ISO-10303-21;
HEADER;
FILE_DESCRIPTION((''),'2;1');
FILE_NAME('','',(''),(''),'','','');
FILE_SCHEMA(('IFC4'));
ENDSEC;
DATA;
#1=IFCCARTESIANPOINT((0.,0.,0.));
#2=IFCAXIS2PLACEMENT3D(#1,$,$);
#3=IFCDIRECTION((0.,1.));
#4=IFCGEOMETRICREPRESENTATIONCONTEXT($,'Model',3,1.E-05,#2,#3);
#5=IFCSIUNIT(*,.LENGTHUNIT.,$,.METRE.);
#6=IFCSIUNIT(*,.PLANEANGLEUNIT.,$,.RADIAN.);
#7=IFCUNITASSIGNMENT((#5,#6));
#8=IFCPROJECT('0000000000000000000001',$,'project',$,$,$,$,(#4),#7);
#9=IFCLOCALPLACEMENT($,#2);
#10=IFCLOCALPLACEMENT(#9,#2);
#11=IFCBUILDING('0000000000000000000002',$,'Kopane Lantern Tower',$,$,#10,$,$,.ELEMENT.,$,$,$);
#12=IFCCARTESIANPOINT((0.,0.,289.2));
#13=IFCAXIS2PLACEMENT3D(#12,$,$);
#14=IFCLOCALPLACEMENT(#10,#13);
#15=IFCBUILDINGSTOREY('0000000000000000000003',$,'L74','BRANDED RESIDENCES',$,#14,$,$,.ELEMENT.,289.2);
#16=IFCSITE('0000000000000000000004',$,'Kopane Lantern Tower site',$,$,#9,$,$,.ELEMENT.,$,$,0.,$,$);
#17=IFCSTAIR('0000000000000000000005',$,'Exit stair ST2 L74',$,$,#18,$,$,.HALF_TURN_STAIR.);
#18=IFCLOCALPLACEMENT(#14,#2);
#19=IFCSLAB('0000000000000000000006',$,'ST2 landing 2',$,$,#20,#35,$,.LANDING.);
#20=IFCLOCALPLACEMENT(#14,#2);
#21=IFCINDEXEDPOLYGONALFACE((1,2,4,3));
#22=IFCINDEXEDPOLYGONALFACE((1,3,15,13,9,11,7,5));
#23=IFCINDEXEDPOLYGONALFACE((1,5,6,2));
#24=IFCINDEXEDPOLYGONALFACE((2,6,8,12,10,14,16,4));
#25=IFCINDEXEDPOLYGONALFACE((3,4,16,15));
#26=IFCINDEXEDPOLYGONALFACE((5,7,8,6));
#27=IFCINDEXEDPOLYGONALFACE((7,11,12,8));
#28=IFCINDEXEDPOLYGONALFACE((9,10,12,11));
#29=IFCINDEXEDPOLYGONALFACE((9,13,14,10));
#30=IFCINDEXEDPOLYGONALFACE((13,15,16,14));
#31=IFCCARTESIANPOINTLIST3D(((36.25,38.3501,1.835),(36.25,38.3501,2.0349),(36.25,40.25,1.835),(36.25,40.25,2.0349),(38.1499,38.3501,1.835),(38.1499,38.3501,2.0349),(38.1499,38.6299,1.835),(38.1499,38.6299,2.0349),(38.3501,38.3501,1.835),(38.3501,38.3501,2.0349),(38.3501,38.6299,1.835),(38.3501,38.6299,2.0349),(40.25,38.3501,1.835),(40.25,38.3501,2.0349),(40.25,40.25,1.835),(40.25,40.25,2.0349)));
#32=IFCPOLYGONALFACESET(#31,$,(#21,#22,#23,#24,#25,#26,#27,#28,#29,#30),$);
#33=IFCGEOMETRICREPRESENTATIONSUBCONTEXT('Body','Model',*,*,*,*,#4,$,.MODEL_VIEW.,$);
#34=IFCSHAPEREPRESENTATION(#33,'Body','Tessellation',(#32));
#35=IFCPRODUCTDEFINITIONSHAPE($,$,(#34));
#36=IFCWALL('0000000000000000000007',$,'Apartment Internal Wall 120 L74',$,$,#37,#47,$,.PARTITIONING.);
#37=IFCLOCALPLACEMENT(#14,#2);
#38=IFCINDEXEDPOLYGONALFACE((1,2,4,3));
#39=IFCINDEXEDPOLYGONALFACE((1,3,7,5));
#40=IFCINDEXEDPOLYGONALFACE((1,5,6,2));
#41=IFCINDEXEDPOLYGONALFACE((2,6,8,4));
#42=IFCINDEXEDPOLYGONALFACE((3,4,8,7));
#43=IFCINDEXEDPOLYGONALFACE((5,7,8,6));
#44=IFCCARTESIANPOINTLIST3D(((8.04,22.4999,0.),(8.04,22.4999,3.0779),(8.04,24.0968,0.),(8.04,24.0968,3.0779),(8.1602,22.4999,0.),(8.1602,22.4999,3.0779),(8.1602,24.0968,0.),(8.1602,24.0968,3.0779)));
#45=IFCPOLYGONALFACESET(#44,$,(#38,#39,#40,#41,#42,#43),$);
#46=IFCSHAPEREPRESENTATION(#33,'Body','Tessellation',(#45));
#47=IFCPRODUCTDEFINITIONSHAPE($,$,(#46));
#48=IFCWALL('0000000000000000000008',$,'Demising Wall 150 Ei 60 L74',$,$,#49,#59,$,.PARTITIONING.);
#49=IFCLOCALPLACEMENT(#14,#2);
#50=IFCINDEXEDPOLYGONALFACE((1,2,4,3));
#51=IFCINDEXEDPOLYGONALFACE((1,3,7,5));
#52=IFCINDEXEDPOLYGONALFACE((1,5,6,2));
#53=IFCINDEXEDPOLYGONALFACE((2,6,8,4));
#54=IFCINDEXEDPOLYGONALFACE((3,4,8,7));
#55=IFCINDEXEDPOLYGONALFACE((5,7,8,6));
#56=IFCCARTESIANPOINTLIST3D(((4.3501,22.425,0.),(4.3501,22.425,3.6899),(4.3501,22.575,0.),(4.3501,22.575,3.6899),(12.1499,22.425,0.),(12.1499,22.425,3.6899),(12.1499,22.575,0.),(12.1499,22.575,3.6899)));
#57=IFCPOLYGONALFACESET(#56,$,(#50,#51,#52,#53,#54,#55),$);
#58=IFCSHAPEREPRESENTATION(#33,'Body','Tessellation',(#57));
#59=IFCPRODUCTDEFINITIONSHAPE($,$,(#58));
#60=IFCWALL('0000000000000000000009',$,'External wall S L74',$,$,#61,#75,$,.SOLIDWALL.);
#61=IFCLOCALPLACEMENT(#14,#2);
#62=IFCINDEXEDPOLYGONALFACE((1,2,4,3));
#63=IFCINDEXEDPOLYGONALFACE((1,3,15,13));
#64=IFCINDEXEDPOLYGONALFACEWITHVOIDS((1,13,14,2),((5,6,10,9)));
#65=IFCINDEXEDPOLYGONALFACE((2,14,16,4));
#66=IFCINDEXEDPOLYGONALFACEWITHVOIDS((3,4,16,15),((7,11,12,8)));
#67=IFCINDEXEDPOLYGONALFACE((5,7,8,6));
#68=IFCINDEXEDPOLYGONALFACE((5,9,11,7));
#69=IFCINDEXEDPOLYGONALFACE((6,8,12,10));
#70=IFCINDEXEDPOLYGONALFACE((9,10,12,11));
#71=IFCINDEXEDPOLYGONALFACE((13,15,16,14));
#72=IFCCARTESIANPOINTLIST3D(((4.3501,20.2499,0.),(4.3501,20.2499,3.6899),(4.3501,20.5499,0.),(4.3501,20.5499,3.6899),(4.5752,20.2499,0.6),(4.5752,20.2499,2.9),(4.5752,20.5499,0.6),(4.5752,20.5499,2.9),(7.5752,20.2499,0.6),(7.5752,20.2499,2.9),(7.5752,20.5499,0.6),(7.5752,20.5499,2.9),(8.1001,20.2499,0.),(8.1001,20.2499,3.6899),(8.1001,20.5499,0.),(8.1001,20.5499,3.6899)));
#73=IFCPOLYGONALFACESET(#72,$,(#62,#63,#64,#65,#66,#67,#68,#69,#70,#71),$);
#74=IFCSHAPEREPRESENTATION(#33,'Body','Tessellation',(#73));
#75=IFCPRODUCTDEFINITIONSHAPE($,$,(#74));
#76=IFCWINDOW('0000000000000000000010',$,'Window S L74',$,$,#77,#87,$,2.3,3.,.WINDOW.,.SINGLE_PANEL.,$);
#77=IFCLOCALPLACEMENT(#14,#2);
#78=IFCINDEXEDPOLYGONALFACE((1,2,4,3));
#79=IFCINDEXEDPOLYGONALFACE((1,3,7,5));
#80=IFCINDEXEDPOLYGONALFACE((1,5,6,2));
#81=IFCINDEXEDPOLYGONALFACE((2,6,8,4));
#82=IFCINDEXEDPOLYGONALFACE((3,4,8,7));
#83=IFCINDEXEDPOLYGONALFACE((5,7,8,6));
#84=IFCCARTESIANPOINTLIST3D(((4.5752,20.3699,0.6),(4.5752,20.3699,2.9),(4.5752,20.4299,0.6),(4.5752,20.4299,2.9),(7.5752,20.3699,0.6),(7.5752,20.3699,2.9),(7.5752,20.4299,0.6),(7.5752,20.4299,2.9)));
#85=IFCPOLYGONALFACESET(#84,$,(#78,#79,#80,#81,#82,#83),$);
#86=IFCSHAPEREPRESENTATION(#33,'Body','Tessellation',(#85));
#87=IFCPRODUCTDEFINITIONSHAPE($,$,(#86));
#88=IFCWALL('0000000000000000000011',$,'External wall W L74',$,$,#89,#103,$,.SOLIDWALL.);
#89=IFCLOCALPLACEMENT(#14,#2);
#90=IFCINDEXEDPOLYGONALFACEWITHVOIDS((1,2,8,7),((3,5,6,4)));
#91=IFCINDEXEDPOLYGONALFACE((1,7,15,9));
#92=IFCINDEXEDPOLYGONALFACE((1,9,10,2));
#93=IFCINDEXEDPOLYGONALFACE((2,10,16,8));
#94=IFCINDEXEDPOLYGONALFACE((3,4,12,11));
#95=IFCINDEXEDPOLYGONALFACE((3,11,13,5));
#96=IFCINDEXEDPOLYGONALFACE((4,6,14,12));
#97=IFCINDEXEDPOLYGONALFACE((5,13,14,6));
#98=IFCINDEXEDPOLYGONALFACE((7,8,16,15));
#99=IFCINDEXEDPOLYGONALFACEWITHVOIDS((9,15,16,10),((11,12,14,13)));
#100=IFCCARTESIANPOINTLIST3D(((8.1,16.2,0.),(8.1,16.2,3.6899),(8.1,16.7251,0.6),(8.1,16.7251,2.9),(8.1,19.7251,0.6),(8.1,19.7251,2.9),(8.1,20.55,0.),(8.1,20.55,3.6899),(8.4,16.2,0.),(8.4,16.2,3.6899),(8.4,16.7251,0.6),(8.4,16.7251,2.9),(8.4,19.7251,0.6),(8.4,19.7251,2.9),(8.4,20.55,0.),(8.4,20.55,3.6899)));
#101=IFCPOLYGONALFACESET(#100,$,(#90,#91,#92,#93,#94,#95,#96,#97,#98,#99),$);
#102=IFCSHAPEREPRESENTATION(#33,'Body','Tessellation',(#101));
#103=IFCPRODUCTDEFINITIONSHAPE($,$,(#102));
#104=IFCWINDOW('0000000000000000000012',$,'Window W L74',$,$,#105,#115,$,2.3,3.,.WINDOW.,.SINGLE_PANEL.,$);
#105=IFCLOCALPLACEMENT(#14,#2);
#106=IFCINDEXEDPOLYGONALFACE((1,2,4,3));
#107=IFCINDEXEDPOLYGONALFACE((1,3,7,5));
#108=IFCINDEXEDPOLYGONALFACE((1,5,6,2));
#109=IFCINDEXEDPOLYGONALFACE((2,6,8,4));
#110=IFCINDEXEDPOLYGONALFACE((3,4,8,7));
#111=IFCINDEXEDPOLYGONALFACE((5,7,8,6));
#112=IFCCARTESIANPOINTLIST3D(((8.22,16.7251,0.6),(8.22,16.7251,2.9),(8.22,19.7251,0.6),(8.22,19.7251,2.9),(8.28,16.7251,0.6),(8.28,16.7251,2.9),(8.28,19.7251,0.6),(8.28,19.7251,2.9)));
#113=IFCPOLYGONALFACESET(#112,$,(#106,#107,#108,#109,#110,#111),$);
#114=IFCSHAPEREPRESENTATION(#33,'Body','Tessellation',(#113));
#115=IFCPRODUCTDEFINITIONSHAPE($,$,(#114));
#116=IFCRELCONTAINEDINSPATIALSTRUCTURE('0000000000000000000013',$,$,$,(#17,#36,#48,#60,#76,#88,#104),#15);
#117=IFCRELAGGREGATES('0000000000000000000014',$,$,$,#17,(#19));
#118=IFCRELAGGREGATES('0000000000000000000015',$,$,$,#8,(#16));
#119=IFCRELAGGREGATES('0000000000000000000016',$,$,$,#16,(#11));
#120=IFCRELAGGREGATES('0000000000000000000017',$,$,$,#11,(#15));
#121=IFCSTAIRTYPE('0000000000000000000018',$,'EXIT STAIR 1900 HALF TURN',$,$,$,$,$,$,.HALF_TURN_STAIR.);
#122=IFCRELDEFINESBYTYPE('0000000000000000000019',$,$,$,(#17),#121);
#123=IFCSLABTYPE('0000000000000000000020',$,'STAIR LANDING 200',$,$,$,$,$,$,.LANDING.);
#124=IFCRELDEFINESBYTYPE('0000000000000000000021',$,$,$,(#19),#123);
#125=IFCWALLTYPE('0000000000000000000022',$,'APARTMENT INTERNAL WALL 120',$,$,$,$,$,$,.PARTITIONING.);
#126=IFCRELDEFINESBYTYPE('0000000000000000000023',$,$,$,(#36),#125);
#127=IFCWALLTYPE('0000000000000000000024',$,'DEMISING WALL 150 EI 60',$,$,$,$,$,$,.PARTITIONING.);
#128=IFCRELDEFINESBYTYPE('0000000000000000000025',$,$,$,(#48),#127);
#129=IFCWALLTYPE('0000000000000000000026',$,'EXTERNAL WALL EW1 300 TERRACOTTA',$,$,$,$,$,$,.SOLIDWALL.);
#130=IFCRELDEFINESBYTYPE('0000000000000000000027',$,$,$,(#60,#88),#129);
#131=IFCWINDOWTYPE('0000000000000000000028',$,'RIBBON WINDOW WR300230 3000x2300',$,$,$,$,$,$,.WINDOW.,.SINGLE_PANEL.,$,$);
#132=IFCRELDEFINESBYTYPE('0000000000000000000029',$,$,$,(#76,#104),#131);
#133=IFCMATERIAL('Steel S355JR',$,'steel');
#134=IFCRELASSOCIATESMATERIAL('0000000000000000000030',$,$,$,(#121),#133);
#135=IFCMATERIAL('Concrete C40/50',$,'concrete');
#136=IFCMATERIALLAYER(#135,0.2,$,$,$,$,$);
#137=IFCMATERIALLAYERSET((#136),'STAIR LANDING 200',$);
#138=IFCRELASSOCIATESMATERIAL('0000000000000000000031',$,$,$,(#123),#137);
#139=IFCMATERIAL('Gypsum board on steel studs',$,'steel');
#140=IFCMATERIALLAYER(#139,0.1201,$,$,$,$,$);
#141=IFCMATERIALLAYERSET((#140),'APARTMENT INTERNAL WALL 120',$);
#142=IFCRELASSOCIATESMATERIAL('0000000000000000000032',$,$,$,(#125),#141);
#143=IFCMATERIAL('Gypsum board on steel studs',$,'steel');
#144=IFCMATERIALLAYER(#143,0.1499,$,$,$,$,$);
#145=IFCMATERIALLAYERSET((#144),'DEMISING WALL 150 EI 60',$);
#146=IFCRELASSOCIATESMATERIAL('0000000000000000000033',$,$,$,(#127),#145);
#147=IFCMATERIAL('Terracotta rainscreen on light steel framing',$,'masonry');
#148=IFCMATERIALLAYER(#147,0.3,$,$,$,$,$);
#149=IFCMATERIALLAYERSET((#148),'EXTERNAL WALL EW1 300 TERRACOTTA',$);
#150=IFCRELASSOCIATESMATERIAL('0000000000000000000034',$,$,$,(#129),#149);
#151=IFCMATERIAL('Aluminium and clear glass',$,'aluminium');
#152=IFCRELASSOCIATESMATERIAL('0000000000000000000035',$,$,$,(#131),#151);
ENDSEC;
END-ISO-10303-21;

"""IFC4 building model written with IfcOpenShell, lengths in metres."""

from ifc_helpers import new_model, si_unit, direction, frame, frame_2d, origin, place, context, subcontext, project, spatial, polyline, rectangle, outline, extrude, material, layer, layer_set, type_object, element, fill, aggregate, save


model = new_model("IFC4")

# Units and contexts
model_context = context("Model", 3, precision=1e-05, world=origin(), true_north=direction((0.0, 1.0)))
body_context = subcontext(model_context, "Body", "Model", "MODEL_VIEW")
ifc_project = project(units=[si_unit("LENGTHUNIT", "METRE"), si_unit("PLANEANGLEUNIT", "RADIAN")], contexts=[model_context])

# Site, building, storey
site_placement = place(None, origin())
site = spatial("IfcSite", under=ifc_project, at=site_placement, Name="Kopane Lantern Tower site", CompositionType="ELEMENT", RefElevation=0.0)
building_placement = place(site_placement, origin())
building = spatial("IfcBuilding", under=site, at=building_placement, Name="Kopane Lantern Tower", CompositionType="ELEMENT")
storey_placement = place(building_placement, frame((0.0, 0.0, 289.2)))
storey = spatial("IfcBuildingStorey", under=building, at=storey_placement, Name="L74", Description="BRANDED RESIDENCES", CompositionType="ELEMENT", Elevation=289.2)

# Stair, slab
ifc_material_1 = material(Name="Steel S355JR", Category="steel")
stair_type = type_object("IfcStairType", Name="EXIT STAIR 1900 HALF TURN", PredefinedType="HALF_TURN_STAIR", material=ifc_material_1)
ifc_material_2 = material(Name="Concrete C40/50", Category="concrete")
ifc_layer_1 = layer(ifc_material_2, 0.2)
ifc_layer_set_1 = layer_set([ifc_layer_1], Name="STAIR LANDING 200")
slab_type_1 = type_object("IfcSlabType", Name="STAIR LANDING 200", PredefinedType="LANDING", material=ifc_layer_set_1)
stair_1_placement = place(storey_placement, origin())
stair_1 = element("IfcStair", 1, at=stair_1_placement, inside=storey, type_object=stair_type, Name="Exit stair ST2 L74", PredefinedType="HALF_TURN_STAIR")
slab_1_placement = place(storey_placement, frame((0.0, 0.0, 1.835)))
slab_1 = element("IfcSlab", 2, at=slab_1_placement, type_object=slab_type_1, Name="ST2 landing 2", PredefinedType="LANDING", context=body_context, shape_type="SweptSolid", body=[
    extrude(outline(polyline([(38.1499, 38.6299), (38.3501, 38.6299), (38.3501, 38.3501), (40.25, 38.3501), (40.25, 40.25), (36.25, 40.25), (36.25, 38.3501), (38.1499, 38.3501), (38.1499, 38.6299)])), origin(), (0.0, 0.0, 1.0), 0.2),
])
aggregate(stair_1, [slab_1])

# Walls
ifc_material_3 = material(Name="Gypsum board on steel studs", Category="steel")
ifc_layer_2 = layer(ifc_material_3, 0.1201)
ifc_layer_set_2 = layer_set([ifc_layer_2], Name="APARTMENT INTERNAL WALL 120")
wall_type_1 = type_object("IfcWallType", Name="APARTMENT INTERNAL WALL 120", PredefinedType="PARTITIONING", material=ifc_layer_set_2)
wall_1_placement = place(storey_placement, frame((8.1001, 22.5, 0.0), z_axis=(0.0, 0.0, 1.0), x_axis=(0.0, 1.0, 0.0)))
element("IfcWall", 3, at=wall_1_placement, inside=storey, type_object=wall_type_1, Name="Apartment Internal Wall 120 L74", PredefinedType="PARTITIONING", context=body_context, shape_type="SweptSolid", body=[
    extrude(rectangle(XDim=1.5969, YDim=0.1201, at=frame_2d((0.7983, 0.0))), origin(), (0.0, 0.0, 1.0), 3.0779),
])
ifc_material_4 = material(Name="Gypsum board on steel studs", Category="steel")
ifc_layer_3 = layer(ifc_material_4, 0.1499)
ifc_layer_set_3 = layer_set([ifc_layer_3], Name="DEMISING WALL 150 EI 60")
wall_type_2 = type_object("IfcWallType", Name="DEMISING WALL 150 EI 60", PredefinedType="PARTITIONING", material=ifc_layer_set_3)
wall_2_placement = place(storey_placement, frame((4.3501, 22.5, 0.0), z_axis=(0.0, 0.0, 1.0), x_axis=(1.0, 0.0, 0.0)))
element("IfcWall", 4, at=wall_2_placement, inside=storey, type_object=wall_type_2, Name="Demising Wall 150 Ei 60 L74", PredefinedType="PARTITIONING", context=body_context, shape_type="SweptSolid", body=[
    extrude(rectangle(XDim=7.7998, YDim=0.1499, at=frame_2d((3.8999, 0.0))), origin(), (0.0, 0.0, 1.0), 3.6899),
])

# Walls, openings, windows
ifc_material_5 = material(Name="Terracotta rainscreen on light steel framing", Category="masonry")
ifc_layer_4 = layer(ifc_material_5, 0.3)
ifc_layer_set_4 = layer_set([ifc_layer_4], Name="EXTERNAL WALL EW1 300 TERRACOTTA")
wall_type_3 = type_object("IfcWallType", Name="EXTERNAL WALL EW1 300 TERRACOTTA", PredefinedType="SOLIDWALL", material=ifc_layer_set_4)
wall_3_placement = place(storey_placement, frame((4.3501, 20.3999, 0.0), z_axis=(0.0, 0.0, 1.0), x_axis=(1.0, 0.0, 0.0)))
wall_3 = element("IfcWall", 5, at=wall_3_placement, inside=storey, type_object=wall_type_3, Name="External wall S L74", PredefinedType="SOLIDWALL", context=body_context, shape_type="SweptSolid", body=[
    extrude(rectangle(XDim=3.75, YDim=0.3, at=frame_2d((1.875, 0.0))), origin(), (0.0, 0.0, 1.0), 3.6899),
])
opening_1_placement = place(wall_3_placement, frame((0.2251, 0.0, 0.6001)))
opening_1 = element("IfcOpeningElement", 6, at=opening_1_placement, cuts=wall_3, PredefinedType="OPENING", context=body_context, shape_type="SweptSolid", body=[
    extrude(rectangle(XDim=3.0, YDim=2.3, at=frame_2d((1.5, 1.1499))), frame((0.0, 0.1599, 0.0), z_axis=(0.0, -1.0, 0.0), x_axis=(1.0, 0.0, 0.0)), (0.0, 0.0, 1.0), 0.3201),
])
ifc_material_6 = material(Name="Aluminium and clear glass", Category="aluminium")
window_type = type_object("IfcWindowType", Name="RIBBON WINDOW WR300230 3000x2300", PartitioningType="SINGLE_PANEL", PredefinedType="WINDOW", material=ifc_material_6)
window_1_placement = place(opening_1_placement, origin())
window_1 = element("IfcWindow", 7, at=window_1_placement, inside=storey, type_object=window_type, Name="Window S L74", OverallHeight=2.3, OverallWidth=3.0, PartitioningType="SINGLE_PANEL", PredefinedType="WINDOW", context=body_context, shape_type="SweptSolid", body=[
    extrude(rectangle(XDim=3.0, YDim=2.3, at=frame_2d((1.5, 1.1499))), frame((0.0, 0.03, 0.0), z_axis=(0.0, -1.0, 0.0), x_axis=(1.0, 0.0, 0.0)), (0.0, 0.0, 1.0), 0.0601),
])
fill(opening_1, window_1)
wall_4_placement = place(storey_placement, frame((8.25, 20.55, 0.0), z_axis=(0.0, 0.0, 1.0), x_axis=(0.0, -1.0, 0.0)))
wall_4 = element("IfcWall", 8, at=wall_4_placement, inside=storey, type_object=wall_type_3, Name="External wall W L74", PredefinedType="SOLIDWALL", context=body_context, shape_type="SweptSolid", body=[
    extrude(rectangle(XDim=4.3501, YDim=0.3, at=frame_2d((2.175, 0.0))), origin(), (0.0, 0.0, 1.0), 3.6899),
])
opening_2_placement = place(wall_4_placement, frame((0.825, 0.0, 0.6001)))
opening_2 = element("IfcOpeningElement", 9, at=opening_2_placement, cuts=wall_4, PredefinedType="OPENING", context=body_context, shape_type="SweptSolid", body=[
    extrude(rectangle(XDim=3.0, YDim=2.3, at=frame_2d((1.5, 1.1499))), frame((0.0, 0.1599, 0.0), z_axis=(0.0, -1.0, 0.0), x_axis=(1.0, 0.0, 0.0)), (0.0, 0.0, 1.0), 0.3201),
])
window_2_placement = place(opening_2_placement, origin())
window_2 = element("IfcWindow", 10, at=window_2_placement, inside=storey, type_object=window_type, Name="Window W L74", OverallHeight=2.3, OverallWidth=3.0, PartitioningType="SINGLE_PANEL", PredefinedType="WINDOW", context=body_context, shape_type="SweptSolid", body=[
    extrude(rectangle(XDim=3.0, YDim=2.3, at=frame_2d((1.5, 1.1499))), frame((0.0, 0.03, 0.0), z_axis=(0.0, -1.0, 0.0), x_axis=(1.0, 0.0, 0.0)), (0.0, 0.0, 1.0), 0.0601),
])
fill(opening_2, window_2)

save(model, "model.ifc")
